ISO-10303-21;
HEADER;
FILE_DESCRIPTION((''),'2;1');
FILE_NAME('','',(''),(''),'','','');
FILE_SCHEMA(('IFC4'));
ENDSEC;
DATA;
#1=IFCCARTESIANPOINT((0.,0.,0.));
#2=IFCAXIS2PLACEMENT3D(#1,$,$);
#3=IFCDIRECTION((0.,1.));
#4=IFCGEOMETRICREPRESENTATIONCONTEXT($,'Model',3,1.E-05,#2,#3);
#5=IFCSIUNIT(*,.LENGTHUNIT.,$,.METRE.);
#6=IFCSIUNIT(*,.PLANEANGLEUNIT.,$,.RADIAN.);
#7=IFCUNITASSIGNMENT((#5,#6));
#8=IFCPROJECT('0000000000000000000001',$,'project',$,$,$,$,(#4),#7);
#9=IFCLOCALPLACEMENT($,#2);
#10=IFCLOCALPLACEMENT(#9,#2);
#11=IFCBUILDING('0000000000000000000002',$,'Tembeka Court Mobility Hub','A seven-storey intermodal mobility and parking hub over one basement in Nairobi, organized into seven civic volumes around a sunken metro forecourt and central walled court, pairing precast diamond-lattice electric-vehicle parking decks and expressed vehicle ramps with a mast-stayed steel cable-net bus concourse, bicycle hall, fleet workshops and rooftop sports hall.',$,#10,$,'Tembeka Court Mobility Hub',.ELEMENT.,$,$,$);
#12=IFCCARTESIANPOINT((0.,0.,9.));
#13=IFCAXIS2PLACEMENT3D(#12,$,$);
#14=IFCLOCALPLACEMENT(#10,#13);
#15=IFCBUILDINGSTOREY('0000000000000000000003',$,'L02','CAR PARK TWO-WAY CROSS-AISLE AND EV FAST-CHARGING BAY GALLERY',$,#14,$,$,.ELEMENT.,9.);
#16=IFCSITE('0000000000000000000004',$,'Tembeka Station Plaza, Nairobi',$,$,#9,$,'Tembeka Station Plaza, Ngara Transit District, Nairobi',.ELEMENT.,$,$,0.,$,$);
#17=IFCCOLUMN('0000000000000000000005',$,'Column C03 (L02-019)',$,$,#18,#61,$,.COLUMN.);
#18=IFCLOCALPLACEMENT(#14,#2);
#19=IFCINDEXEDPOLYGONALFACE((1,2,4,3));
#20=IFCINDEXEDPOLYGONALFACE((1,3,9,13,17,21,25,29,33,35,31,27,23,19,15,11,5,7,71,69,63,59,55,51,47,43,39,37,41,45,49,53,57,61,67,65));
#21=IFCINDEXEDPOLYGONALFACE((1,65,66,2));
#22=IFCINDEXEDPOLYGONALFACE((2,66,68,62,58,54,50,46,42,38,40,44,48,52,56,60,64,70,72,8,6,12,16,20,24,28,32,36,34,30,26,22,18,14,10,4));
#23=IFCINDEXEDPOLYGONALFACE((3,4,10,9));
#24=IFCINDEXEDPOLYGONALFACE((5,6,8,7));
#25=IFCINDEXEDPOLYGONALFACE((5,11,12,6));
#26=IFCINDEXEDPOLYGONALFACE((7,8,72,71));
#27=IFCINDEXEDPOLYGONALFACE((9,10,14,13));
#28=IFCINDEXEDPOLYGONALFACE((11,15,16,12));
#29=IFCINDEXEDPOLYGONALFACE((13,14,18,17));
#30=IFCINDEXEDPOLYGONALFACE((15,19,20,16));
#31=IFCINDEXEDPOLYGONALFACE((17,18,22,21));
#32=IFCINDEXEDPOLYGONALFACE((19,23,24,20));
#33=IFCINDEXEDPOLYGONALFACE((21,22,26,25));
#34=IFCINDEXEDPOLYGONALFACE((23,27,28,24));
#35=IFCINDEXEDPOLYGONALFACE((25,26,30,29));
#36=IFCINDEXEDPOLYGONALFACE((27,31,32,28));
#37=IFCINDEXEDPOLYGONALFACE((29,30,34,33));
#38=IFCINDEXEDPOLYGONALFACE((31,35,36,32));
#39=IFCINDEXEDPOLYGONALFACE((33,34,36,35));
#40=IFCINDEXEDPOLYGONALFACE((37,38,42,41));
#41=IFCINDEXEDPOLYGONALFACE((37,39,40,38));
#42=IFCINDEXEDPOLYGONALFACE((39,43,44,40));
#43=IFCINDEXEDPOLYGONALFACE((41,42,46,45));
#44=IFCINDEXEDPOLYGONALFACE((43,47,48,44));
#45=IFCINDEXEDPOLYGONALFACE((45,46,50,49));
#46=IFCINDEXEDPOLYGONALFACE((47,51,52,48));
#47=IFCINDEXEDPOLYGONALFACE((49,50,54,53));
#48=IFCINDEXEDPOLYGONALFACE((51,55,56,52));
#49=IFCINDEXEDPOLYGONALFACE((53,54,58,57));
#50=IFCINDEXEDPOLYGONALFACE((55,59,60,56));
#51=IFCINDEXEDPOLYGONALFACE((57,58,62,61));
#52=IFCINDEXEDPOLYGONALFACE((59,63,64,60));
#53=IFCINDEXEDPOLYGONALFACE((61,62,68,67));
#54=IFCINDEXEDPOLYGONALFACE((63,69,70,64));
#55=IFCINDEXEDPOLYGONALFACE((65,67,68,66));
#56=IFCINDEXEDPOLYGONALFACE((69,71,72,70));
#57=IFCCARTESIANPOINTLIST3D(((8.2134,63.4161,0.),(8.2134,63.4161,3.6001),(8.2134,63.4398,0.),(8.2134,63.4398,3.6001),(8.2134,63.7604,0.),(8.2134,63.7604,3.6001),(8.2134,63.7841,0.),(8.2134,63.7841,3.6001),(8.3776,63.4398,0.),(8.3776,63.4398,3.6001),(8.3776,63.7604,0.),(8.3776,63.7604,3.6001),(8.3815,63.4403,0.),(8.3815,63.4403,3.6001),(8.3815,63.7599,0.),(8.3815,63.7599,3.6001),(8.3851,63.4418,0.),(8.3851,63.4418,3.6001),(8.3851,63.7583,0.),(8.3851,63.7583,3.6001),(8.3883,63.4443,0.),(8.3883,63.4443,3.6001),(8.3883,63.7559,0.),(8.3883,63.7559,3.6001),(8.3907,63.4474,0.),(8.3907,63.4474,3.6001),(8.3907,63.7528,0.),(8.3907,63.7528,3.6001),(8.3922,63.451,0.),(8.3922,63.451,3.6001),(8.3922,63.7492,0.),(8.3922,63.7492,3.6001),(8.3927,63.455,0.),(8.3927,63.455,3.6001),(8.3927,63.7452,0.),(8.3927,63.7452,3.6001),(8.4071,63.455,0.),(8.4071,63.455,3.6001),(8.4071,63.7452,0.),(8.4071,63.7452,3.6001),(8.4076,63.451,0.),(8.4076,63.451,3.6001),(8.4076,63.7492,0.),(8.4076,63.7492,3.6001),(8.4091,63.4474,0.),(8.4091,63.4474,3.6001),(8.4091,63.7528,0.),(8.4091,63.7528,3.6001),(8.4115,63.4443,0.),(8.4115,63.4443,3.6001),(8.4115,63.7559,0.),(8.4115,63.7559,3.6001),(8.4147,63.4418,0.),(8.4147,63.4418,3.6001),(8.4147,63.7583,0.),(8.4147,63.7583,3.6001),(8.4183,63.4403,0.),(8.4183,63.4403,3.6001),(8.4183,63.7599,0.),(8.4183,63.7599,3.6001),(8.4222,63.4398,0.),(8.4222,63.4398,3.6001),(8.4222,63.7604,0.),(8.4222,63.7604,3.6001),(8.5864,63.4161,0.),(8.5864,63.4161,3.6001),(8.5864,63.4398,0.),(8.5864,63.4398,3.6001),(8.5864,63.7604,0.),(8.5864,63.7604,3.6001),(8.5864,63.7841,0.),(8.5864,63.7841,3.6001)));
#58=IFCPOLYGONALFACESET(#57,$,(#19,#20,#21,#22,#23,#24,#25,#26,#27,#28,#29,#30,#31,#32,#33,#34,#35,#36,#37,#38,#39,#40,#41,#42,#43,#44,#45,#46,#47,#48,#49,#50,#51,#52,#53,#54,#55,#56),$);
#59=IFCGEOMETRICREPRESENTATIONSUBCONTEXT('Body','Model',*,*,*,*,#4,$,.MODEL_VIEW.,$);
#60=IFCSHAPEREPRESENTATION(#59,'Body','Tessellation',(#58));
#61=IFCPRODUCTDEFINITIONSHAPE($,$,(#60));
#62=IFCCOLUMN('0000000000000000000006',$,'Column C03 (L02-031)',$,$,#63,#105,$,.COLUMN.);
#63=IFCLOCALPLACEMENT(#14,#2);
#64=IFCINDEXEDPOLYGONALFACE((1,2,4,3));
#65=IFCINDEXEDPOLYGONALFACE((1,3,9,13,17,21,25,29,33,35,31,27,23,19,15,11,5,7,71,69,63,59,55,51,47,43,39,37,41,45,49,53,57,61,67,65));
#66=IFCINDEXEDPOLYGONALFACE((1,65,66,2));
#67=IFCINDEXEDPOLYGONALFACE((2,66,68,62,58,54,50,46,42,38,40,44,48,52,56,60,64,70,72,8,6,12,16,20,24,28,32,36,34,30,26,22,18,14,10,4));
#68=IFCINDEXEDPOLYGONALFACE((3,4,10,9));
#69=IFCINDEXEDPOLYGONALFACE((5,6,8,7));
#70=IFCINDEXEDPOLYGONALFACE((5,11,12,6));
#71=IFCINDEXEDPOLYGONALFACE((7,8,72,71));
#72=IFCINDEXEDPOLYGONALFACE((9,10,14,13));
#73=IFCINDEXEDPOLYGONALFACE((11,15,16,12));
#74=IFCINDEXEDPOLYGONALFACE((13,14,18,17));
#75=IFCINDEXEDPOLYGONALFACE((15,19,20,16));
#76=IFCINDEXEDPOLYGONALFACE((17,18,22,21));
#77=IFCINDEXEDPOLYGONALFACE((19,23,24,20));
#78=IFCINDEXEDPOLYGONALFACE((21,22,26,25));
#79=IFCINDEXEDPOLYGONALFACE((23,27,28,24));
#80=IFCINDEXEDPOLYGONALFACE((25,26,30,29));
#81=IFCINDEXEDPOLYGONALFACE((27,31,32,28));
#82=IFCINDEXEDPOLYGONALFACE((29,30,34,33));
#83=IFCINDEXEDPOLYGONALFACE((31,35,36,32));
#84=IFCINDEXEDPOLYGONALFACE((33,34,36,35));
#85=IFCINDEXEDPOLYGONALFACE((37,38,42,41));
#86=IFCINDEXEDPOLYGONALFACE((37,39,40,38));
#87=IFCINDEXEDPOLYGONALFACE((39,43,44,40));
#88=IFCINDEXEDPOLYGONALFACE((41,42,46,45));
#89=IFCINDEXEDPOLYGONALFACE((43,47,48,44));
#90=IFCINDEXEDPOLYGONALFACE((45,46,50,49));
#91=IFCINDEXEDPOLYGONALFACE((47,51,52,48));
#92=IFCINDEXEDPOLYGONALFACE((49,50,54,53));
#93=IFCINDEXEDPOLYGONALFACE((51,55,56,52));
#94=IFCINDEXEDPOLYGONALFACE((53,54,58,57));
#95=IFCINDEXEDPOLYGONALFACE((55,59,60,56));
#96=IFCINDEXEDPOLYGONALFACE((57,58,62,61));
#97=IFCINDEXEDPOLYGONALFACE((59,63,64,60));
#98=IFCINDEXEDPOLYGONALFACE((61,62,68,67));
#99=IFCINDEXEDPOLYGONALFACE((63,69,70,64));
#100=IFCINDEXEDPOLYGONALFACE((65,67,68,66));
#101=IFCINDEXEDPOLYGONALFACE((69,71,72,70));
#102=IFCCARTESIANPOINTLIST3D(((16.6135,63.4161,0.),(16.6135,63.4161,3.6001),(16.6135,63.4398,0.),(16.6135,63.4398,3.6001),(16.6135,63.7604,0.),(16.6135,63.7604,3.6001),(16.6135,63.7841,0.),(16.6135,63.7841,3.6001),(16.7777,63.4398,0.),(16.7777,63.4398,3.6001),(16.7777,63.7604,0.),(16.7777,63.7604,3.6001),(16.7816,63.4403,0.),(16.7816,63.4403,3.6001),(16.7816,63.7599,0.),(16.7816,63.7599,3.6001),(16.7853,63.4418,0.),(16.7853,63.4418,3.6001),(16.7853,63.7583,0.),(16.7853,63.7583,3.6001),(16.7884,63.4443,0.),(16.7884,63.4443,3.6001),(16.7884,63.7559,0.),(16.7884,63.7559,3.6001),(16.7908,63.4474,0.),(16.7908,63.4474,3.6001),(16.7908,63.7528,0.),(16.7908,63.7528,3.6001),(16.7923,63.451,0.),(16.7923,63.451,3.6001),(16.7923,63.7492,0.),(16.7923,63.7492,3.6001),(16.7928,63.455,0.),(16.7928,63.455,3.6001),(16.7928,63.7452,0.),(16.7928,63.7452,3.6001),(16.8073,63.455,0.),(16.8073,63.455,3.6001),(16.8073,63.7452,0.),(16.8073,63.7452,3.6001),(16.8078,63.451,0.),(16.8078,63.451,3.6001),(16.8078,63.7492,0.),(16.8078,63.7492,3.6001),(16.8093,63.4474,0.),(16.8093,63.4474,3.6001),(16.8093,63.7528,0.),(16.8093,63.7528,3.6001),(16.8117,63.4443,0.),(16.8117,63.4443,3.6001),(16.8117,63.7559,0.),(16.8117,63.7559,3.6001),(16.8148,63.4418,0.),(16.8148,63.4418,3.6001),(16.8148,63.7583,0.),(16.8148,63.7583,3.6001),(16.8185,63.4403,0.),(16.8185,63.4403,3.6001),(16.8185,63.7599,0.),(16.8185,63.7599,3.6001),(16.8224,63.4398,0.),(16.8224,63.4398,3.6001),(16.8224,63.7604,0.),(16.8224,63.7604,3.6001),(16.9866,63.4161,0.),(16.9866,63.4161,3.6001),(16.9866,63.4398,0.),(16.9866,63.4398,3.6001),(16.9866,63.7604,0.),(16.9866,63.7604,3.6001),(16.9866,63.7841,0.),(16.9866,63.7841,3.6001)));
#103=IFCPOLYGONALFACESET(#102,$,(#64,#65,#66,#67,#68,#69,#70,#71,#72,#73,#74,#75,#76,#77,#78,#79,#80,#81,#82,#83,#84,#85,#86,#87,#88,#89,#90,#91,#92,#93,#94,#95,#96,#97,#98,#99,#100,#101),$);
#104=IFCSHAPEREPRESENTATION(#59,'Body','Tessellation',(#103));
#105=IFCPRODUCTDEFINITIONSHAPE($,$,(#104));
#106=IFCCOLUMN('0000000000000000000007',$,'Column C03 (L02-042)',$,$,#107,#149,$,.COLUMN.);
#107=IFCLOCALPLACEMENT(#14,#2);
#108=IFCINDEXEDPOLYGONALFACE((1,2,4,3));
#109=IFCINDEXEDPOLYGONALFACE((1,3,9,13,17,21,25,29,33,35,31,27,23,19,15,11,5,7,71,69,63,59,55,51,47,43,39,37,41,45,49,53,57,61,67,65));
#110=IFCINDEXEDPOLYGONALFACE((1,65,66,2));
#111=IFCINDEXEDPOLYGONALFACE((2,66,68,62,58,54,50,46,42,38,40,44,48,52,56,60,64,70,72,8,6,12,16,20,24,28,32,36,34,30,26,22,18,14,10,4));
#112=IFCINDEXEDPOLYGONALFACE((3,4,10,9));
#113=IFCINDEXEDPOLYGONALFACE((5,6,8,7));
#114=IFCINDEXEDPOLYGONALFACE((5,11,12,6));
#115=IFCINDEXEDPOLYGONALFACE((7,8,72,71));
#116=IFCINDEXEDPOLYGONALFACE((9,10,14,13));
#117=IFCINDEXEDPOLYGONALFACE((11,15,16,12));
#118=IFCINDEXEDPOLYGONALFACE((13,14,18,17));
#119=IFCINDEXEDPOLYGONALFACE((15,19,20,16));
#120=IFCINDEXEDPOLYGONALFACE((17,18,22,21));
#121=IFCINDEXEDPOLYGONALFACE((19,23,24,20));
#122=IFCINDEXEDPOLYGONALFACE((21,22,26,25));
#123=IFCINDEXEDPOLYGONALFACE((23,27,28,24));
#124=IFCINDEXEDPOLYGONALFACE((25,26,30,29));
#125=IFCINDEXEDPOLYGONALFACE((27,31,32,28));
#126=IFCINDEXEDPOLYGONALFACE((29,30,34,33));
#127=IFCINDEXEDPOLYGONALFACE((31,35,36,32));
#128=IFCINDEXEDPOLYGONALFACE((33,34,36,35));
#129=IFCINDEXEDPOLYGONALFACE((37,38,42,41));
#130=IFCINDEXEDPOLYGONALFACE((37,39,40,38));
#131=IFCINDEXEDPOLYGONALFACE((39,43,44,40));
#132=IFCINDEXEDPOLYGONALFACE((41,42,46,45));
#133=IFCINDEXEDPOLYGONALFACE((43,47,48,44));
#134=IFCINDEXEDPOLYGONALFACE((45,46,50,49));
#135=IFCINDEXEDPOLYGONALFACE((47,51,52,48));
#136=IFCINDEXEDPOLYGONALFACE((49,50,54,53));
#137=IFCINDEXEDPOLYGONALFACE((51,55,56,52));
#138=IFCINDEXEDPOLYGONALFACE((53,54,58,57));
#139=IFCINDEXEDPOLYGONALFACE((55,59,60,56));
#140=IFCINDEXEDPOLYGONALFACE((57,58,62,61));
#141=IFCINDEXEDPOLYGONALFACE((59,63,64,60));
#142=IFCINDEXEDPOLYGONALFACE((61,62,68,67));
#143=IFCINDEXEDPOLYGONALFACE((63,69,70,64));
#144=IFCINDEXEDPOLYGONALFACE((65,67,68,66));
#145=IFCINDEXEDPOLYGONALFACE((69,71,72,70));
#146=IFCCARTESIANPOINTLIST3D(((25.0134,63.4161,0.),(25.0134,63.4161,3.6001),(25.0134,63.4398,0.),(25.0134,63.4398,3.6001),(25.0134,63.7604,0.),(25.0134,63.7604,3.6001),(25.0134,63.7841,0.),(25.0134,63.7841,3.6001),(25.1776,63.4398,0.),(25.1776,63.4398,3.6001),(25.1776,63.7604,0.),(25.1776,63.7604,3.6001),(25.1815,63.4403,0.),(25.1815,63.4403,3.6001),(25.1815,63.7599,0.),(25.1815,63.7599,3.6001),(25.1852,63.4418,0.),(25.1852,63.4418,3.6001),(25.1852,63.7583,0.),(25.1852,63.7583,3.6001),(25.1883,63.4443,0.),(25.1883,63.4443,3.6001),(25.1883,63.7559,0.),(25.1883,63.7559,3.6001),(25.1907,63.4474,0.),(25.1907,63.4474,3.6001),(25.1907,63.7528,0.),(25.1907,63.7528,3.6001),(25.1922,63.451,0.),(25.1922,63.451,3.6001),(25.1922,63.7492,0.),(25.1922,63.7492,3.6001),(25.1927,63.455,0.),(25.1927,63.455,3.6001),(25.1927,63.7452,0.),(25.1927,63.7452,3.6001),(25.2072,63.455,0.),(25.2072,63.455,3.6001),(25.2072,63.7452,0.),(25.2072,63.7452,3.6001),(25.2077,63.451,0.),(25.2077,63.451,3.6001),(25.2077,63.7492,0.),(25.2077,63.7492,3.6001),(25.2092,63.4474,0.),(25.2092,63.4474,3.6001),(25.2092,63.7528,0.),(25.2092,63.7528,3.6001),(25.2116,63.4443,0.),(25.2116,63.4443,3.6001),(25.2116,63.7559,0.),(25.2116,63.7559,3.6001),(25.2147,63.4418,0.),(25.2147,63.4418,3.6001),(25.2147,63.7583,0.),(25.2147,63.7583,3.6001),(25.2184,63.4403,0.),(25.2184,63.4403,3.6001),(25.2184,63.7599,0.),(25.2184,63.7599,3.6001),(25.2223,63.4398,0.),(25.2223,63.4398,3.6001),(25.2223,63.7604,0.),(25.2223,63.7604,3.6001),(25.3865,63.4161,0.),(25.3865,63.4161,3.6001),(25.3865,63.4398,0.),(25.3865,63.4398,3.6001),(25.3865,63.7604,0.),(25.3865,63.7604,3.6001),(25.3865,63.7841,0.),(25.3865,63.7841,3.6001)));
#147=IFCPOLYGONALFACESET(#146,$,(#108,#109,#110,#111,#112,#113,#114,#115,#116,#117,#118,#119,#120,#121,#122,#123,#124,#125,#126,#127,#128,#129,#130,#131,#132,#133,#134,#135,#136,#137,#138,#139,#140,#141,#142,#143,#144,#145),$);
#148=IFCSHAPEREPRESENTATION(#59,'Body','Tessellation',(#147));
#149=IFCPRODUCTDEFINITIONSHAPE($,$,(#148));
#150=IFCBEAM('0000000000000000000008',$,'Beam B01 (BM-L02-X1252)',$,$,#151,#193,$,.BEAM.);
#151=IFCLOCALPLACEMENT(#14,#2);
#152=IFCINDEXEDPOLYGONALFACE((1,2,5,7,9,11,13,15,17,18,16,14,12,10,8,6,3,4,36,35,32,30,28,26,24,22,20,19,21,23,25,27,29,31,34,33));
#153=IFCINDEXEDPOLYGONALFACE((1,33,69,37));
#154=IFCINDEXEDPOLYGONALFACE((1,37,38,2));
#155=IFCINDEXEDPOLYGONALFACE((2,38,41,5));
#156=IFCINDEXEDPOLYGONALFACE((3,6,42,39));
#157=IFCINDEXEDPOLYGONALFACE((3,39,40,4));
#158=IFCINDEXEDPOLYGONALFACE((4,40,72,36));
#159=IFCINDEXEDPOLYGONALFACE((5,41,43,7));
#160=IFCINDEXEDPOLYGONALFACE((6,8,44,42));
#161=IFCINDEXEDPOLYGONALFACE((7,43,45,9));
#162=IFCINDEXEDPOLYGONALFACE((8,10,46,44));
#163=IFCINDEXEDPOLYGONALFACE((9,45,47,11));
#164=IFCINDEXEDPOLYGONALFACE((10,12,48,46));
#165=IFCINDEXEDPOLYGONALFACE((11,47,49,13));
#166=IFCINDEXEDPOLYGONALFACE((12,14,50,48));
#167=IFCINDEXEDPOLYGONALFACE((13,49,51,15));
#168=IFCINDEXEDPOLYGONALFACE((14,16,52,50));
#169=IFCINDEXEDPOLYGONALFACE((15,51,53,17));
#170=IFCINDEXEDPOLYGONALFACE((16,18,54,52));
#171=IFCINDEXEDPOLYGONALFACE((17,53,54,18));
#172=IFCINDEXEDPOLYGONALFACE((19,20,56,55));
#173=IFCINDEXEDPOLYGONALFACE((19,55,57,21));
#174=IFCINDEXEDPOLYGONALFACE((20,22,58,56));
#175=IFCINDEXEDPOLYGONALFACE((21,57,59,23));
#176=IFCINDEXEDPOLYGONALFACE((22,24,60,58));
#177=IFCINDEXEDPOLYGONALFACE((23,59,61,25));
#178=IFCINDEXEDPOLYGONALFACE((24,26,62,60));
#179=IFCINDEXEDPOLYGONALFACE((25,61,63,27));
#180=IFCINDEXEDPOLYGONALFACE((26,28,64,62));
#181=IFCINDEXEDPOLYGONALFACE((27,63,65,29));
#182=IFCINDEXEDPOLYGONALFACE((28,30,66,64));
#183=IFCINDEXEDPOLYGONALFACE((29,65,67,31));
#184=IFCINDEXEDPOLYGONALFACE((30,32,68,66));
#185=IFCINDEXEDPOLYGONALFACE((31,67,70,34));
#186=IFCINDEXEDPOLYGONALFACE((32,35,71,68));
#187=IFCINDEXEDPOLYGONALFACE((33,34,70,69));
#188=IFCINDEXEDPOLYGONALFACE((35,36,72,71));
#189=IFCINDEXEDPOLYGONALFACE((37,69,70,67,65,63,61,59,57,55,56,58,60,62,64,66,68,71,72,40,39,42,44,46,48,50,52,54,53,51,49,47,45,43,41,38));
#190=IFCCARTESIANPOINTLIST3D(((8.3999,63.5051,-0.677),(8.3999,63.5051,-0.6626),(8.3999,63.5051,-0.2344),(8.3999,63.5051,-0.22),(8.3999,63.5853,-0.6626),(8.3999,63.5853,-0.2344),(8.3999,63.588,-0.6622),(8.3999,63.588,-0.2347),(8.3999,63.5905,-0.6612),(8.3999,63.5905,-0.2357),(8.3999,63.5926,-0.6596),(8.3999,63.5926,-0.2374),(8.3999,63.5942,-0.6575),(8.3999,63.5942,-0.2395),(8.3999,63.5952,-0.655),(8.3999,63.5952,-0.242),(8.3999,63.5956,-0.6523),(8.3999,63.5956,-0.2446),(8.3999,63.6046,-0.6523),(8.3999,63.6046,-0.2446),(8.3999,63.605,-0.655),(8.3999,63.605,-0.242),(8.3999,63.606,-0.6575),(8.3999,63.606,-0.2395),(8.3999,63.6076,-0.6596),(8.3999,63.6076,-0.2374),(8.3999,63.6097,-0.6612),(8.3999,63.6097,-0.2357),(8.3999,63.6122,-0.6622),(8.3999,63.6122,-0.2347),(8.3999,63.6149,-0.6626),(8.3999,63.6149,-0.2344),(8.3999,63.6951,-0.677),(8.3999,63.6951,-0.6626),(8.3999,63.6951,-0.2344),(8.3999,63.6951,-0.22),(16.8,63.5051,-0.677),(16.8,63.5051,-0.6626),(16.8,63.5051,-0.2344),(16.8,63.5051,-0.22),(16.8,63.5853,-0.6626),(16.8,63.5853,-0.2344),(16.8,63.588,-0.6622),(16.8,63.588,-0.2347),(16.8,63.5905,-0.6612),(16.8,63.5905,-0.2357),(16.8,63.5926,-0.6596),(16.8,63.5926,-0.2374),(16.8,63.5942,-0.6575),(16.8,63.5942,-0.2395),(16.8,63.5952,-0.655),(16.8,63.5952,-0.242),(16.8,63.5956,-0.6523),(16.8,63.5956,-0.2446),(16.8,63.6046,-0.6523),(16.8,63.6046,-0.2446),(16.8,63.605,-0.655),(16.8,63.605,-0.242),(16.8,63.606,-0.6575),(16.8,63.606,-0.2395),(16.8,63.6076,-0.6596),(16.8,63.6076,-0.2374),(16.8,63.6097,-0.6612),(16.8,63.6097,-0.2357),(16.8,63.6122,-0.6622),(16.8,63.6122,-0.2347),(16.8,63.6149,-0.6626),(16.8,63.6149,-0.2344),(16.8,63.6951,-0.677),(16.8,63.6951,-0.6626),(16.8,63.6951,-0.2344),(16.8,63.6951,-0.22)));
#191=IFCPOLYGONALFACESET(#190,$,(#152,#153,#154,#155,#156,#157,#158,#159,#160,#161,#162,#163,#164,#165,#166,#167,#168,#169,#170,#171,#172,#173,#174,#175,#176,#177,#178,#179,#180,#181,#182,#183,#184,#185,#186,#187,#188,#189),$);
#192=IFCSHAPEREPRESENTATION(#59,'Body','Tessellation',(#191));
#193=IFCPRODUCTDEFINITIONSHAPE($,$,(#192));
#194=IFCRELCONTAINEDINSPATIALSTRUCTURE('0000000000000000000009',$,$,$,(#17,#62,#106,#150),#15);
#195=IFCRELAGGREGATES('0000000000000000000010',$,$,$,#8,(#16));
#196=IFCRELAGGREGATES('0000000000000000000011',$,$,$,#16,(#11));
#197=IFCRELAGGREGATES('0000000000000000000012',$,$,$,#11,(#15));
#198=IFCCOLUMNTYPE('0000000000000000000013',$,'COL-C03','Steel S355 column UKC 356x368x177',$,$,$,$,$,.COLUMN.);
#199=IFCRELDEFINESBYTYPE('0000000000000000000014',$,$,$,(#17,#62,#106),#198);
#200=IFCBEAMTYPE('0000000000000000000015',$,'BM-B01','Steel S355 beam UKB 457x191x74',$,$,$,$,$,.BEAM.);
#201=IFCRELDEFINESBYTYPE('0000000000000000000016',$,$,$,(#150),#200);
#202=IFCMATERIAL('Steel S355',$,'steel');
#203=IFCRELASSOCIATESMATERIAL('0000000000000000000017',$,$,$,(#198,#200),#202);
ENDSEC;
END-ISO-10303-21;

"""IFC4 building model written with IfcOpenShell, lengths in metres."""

from ifc_helpers import new_model, si_unit, direction, frame, origin, origin_2d, place, context, subcontext, project, spatial, i_section, extrude, material, material_profile, profile_set, type_object, element, save


model = new_model("IFC4")

# Units and contexts
model_context = context("Model", 3, precision=1e-05, world=origin(), true_north=direction((0.0, 1.0)))
body_context = subcontext(model_context, "Body", "Model", "MODEL_VIEW")
ifc_project = project(units=[si_unit("LENGTHUNIT", "METRE"), si_unit("PLANEANGLEUNIT", "RADIAN")], contexts=[model_context])

# Site, building, storey
site_placement = place(None, origin())
site = spatial("IfcSite", under=ifc_project, at=site_placement, Name="Tembeka Station Plaza, Nairobi", LongName="Tembeka Station Plaza, Ngara Transit District, Nairobi", CompositionType="ELEMENT", RefElevation=0.0)
building_placement = place(site_placement, origin())
building = spatial("IfcBuilding", under=site, at=building_placement, Name="Tembeka Court Mobility Hub", Description="A seven-storey intermodal mobility and parking hub over one basement in Nairobi, organized into seven civic volumes around a sunken metro forecourt and central walled court, pairing precast diamond-lattice electric-vehicle parking decks and expressed vehicle ramps with a mast-stayed steel cable-net bus concourse, bicycle hall, fleet workshops and rooftop sports hall.", LongName="Tembeka Court Mobility Hub", CompositionType="ELEMENT")
storey_placement = place(building_placement, frame((0.0, 0.0, 9.0)))
storey = spatial("IfcBuildingStorey", under=building, at=storey_placement, Name="L02", Description="CAR PARK TWO-WAY CROSS-AISLE AND EV FAST-CHARGING BAY GALLERY", CompositionType="ELEMENT", Elevation=9.0)

# Columns
ifc_material_1 = material(Name="Steel S355", Category="steel")
ifc_material_profile_1 = material_profile(ifc_material_1, i_section(OverallWidth=0.373, OverallDepth=0.3679, WebThickness=0.0144, FlangeThickness=0.0237, FilletRadius=0.0151, at=origin_2d()), Name="UKC 356x368x177")
ifc_profile_set_1 = profile_set([ifc_material_profile_1], Name="Steel S355")
column_type = type_object("IfcColumnType", Name="COL-C03", Description="Steel S355 column UKC 356x368x177", PredefinedType="COLUMN", material=ifc_profile_set_1)
for number, where, z_axis, x_axis, name in (
    (1, (8.3999, 63.6001, 0.0), (0.0, 0.0, 1.0), (1.0, 0.0, 0.0), "Column C03 (L02-019)"),
    (2, (16.8, 63.6001, 0.0), (0.0, 0.0, 1.0), (1.0, 0.0, 0.0), "Column C03 (L02-031)"),
    (3, (25.2, 63.6001, 0.0), (0.0, 0.0, 1.0), (1.0, 0.0, 0.0), "Column C03 (L02-042)"),
):
    element("IfcColumn", number, at=place(storey_placement, frame(where, z_axis=z_axis, x_axis=x_axis)), inside=storey, type_object=column_type, Name=name, PredefinedType="COLUMN", context=body_context, shape_type="SweptSolid", body=[
        extrude(i_section(OverallWidth=0.373, OverallDepth=0.3679, WebThickness=0.0144, FlangeThickness=0.0237, FilletRadius=0.0151, at=origin_2d()), origin(), (0.0, 0.0, 1.0), 3.6001),
    ])

# Beam
ifc_material_profile_2 = material_profile(ifc_material_1, i_section(OverallWidth=0.1899, OverallDepth=0.457, WebThickness=0.009, FlangeThickness=0.0144, FilletRadius=0.0103, at=origin_2d()), Name="UKB 457x191x74")
ifc_profile_set_2 = profile_set([ifc_material_profile_2], Name="Steel S355")
beam_type_1 = type_object("IfcBeamType", Name="BM-B01", Description="Steel S355 beam UKB 457x191x74", PredefinedType="BEAM", material=ifc_profile_set_2)
beam_1_placement = place(storey_placement, frame((8.3999, 63.6001, -0.4485), z_axis=(1.0, 0.0, 0.0), x_axis=(0.0, 1.0, 0.0)))
element("IfcBeam", 4, at=beam_1_placement, inside=storey, type_object=beam_type_1, Name="Beam B01 (BM-L02-X1252)", PredefinedType="BEAM", context=body_context, shape_type="SweptSolid", body=[
    extrude(i_section(OverallWidth=0.1899, OverallDepth=0.457, WebThickness=0.009, FlangeThickness=0.0144, FilletRadius=0.0103, at=origin_2d()), origin(), (0.0, 0.0, 1.0), 8.4001),
])

save(model, "model.ifc")
